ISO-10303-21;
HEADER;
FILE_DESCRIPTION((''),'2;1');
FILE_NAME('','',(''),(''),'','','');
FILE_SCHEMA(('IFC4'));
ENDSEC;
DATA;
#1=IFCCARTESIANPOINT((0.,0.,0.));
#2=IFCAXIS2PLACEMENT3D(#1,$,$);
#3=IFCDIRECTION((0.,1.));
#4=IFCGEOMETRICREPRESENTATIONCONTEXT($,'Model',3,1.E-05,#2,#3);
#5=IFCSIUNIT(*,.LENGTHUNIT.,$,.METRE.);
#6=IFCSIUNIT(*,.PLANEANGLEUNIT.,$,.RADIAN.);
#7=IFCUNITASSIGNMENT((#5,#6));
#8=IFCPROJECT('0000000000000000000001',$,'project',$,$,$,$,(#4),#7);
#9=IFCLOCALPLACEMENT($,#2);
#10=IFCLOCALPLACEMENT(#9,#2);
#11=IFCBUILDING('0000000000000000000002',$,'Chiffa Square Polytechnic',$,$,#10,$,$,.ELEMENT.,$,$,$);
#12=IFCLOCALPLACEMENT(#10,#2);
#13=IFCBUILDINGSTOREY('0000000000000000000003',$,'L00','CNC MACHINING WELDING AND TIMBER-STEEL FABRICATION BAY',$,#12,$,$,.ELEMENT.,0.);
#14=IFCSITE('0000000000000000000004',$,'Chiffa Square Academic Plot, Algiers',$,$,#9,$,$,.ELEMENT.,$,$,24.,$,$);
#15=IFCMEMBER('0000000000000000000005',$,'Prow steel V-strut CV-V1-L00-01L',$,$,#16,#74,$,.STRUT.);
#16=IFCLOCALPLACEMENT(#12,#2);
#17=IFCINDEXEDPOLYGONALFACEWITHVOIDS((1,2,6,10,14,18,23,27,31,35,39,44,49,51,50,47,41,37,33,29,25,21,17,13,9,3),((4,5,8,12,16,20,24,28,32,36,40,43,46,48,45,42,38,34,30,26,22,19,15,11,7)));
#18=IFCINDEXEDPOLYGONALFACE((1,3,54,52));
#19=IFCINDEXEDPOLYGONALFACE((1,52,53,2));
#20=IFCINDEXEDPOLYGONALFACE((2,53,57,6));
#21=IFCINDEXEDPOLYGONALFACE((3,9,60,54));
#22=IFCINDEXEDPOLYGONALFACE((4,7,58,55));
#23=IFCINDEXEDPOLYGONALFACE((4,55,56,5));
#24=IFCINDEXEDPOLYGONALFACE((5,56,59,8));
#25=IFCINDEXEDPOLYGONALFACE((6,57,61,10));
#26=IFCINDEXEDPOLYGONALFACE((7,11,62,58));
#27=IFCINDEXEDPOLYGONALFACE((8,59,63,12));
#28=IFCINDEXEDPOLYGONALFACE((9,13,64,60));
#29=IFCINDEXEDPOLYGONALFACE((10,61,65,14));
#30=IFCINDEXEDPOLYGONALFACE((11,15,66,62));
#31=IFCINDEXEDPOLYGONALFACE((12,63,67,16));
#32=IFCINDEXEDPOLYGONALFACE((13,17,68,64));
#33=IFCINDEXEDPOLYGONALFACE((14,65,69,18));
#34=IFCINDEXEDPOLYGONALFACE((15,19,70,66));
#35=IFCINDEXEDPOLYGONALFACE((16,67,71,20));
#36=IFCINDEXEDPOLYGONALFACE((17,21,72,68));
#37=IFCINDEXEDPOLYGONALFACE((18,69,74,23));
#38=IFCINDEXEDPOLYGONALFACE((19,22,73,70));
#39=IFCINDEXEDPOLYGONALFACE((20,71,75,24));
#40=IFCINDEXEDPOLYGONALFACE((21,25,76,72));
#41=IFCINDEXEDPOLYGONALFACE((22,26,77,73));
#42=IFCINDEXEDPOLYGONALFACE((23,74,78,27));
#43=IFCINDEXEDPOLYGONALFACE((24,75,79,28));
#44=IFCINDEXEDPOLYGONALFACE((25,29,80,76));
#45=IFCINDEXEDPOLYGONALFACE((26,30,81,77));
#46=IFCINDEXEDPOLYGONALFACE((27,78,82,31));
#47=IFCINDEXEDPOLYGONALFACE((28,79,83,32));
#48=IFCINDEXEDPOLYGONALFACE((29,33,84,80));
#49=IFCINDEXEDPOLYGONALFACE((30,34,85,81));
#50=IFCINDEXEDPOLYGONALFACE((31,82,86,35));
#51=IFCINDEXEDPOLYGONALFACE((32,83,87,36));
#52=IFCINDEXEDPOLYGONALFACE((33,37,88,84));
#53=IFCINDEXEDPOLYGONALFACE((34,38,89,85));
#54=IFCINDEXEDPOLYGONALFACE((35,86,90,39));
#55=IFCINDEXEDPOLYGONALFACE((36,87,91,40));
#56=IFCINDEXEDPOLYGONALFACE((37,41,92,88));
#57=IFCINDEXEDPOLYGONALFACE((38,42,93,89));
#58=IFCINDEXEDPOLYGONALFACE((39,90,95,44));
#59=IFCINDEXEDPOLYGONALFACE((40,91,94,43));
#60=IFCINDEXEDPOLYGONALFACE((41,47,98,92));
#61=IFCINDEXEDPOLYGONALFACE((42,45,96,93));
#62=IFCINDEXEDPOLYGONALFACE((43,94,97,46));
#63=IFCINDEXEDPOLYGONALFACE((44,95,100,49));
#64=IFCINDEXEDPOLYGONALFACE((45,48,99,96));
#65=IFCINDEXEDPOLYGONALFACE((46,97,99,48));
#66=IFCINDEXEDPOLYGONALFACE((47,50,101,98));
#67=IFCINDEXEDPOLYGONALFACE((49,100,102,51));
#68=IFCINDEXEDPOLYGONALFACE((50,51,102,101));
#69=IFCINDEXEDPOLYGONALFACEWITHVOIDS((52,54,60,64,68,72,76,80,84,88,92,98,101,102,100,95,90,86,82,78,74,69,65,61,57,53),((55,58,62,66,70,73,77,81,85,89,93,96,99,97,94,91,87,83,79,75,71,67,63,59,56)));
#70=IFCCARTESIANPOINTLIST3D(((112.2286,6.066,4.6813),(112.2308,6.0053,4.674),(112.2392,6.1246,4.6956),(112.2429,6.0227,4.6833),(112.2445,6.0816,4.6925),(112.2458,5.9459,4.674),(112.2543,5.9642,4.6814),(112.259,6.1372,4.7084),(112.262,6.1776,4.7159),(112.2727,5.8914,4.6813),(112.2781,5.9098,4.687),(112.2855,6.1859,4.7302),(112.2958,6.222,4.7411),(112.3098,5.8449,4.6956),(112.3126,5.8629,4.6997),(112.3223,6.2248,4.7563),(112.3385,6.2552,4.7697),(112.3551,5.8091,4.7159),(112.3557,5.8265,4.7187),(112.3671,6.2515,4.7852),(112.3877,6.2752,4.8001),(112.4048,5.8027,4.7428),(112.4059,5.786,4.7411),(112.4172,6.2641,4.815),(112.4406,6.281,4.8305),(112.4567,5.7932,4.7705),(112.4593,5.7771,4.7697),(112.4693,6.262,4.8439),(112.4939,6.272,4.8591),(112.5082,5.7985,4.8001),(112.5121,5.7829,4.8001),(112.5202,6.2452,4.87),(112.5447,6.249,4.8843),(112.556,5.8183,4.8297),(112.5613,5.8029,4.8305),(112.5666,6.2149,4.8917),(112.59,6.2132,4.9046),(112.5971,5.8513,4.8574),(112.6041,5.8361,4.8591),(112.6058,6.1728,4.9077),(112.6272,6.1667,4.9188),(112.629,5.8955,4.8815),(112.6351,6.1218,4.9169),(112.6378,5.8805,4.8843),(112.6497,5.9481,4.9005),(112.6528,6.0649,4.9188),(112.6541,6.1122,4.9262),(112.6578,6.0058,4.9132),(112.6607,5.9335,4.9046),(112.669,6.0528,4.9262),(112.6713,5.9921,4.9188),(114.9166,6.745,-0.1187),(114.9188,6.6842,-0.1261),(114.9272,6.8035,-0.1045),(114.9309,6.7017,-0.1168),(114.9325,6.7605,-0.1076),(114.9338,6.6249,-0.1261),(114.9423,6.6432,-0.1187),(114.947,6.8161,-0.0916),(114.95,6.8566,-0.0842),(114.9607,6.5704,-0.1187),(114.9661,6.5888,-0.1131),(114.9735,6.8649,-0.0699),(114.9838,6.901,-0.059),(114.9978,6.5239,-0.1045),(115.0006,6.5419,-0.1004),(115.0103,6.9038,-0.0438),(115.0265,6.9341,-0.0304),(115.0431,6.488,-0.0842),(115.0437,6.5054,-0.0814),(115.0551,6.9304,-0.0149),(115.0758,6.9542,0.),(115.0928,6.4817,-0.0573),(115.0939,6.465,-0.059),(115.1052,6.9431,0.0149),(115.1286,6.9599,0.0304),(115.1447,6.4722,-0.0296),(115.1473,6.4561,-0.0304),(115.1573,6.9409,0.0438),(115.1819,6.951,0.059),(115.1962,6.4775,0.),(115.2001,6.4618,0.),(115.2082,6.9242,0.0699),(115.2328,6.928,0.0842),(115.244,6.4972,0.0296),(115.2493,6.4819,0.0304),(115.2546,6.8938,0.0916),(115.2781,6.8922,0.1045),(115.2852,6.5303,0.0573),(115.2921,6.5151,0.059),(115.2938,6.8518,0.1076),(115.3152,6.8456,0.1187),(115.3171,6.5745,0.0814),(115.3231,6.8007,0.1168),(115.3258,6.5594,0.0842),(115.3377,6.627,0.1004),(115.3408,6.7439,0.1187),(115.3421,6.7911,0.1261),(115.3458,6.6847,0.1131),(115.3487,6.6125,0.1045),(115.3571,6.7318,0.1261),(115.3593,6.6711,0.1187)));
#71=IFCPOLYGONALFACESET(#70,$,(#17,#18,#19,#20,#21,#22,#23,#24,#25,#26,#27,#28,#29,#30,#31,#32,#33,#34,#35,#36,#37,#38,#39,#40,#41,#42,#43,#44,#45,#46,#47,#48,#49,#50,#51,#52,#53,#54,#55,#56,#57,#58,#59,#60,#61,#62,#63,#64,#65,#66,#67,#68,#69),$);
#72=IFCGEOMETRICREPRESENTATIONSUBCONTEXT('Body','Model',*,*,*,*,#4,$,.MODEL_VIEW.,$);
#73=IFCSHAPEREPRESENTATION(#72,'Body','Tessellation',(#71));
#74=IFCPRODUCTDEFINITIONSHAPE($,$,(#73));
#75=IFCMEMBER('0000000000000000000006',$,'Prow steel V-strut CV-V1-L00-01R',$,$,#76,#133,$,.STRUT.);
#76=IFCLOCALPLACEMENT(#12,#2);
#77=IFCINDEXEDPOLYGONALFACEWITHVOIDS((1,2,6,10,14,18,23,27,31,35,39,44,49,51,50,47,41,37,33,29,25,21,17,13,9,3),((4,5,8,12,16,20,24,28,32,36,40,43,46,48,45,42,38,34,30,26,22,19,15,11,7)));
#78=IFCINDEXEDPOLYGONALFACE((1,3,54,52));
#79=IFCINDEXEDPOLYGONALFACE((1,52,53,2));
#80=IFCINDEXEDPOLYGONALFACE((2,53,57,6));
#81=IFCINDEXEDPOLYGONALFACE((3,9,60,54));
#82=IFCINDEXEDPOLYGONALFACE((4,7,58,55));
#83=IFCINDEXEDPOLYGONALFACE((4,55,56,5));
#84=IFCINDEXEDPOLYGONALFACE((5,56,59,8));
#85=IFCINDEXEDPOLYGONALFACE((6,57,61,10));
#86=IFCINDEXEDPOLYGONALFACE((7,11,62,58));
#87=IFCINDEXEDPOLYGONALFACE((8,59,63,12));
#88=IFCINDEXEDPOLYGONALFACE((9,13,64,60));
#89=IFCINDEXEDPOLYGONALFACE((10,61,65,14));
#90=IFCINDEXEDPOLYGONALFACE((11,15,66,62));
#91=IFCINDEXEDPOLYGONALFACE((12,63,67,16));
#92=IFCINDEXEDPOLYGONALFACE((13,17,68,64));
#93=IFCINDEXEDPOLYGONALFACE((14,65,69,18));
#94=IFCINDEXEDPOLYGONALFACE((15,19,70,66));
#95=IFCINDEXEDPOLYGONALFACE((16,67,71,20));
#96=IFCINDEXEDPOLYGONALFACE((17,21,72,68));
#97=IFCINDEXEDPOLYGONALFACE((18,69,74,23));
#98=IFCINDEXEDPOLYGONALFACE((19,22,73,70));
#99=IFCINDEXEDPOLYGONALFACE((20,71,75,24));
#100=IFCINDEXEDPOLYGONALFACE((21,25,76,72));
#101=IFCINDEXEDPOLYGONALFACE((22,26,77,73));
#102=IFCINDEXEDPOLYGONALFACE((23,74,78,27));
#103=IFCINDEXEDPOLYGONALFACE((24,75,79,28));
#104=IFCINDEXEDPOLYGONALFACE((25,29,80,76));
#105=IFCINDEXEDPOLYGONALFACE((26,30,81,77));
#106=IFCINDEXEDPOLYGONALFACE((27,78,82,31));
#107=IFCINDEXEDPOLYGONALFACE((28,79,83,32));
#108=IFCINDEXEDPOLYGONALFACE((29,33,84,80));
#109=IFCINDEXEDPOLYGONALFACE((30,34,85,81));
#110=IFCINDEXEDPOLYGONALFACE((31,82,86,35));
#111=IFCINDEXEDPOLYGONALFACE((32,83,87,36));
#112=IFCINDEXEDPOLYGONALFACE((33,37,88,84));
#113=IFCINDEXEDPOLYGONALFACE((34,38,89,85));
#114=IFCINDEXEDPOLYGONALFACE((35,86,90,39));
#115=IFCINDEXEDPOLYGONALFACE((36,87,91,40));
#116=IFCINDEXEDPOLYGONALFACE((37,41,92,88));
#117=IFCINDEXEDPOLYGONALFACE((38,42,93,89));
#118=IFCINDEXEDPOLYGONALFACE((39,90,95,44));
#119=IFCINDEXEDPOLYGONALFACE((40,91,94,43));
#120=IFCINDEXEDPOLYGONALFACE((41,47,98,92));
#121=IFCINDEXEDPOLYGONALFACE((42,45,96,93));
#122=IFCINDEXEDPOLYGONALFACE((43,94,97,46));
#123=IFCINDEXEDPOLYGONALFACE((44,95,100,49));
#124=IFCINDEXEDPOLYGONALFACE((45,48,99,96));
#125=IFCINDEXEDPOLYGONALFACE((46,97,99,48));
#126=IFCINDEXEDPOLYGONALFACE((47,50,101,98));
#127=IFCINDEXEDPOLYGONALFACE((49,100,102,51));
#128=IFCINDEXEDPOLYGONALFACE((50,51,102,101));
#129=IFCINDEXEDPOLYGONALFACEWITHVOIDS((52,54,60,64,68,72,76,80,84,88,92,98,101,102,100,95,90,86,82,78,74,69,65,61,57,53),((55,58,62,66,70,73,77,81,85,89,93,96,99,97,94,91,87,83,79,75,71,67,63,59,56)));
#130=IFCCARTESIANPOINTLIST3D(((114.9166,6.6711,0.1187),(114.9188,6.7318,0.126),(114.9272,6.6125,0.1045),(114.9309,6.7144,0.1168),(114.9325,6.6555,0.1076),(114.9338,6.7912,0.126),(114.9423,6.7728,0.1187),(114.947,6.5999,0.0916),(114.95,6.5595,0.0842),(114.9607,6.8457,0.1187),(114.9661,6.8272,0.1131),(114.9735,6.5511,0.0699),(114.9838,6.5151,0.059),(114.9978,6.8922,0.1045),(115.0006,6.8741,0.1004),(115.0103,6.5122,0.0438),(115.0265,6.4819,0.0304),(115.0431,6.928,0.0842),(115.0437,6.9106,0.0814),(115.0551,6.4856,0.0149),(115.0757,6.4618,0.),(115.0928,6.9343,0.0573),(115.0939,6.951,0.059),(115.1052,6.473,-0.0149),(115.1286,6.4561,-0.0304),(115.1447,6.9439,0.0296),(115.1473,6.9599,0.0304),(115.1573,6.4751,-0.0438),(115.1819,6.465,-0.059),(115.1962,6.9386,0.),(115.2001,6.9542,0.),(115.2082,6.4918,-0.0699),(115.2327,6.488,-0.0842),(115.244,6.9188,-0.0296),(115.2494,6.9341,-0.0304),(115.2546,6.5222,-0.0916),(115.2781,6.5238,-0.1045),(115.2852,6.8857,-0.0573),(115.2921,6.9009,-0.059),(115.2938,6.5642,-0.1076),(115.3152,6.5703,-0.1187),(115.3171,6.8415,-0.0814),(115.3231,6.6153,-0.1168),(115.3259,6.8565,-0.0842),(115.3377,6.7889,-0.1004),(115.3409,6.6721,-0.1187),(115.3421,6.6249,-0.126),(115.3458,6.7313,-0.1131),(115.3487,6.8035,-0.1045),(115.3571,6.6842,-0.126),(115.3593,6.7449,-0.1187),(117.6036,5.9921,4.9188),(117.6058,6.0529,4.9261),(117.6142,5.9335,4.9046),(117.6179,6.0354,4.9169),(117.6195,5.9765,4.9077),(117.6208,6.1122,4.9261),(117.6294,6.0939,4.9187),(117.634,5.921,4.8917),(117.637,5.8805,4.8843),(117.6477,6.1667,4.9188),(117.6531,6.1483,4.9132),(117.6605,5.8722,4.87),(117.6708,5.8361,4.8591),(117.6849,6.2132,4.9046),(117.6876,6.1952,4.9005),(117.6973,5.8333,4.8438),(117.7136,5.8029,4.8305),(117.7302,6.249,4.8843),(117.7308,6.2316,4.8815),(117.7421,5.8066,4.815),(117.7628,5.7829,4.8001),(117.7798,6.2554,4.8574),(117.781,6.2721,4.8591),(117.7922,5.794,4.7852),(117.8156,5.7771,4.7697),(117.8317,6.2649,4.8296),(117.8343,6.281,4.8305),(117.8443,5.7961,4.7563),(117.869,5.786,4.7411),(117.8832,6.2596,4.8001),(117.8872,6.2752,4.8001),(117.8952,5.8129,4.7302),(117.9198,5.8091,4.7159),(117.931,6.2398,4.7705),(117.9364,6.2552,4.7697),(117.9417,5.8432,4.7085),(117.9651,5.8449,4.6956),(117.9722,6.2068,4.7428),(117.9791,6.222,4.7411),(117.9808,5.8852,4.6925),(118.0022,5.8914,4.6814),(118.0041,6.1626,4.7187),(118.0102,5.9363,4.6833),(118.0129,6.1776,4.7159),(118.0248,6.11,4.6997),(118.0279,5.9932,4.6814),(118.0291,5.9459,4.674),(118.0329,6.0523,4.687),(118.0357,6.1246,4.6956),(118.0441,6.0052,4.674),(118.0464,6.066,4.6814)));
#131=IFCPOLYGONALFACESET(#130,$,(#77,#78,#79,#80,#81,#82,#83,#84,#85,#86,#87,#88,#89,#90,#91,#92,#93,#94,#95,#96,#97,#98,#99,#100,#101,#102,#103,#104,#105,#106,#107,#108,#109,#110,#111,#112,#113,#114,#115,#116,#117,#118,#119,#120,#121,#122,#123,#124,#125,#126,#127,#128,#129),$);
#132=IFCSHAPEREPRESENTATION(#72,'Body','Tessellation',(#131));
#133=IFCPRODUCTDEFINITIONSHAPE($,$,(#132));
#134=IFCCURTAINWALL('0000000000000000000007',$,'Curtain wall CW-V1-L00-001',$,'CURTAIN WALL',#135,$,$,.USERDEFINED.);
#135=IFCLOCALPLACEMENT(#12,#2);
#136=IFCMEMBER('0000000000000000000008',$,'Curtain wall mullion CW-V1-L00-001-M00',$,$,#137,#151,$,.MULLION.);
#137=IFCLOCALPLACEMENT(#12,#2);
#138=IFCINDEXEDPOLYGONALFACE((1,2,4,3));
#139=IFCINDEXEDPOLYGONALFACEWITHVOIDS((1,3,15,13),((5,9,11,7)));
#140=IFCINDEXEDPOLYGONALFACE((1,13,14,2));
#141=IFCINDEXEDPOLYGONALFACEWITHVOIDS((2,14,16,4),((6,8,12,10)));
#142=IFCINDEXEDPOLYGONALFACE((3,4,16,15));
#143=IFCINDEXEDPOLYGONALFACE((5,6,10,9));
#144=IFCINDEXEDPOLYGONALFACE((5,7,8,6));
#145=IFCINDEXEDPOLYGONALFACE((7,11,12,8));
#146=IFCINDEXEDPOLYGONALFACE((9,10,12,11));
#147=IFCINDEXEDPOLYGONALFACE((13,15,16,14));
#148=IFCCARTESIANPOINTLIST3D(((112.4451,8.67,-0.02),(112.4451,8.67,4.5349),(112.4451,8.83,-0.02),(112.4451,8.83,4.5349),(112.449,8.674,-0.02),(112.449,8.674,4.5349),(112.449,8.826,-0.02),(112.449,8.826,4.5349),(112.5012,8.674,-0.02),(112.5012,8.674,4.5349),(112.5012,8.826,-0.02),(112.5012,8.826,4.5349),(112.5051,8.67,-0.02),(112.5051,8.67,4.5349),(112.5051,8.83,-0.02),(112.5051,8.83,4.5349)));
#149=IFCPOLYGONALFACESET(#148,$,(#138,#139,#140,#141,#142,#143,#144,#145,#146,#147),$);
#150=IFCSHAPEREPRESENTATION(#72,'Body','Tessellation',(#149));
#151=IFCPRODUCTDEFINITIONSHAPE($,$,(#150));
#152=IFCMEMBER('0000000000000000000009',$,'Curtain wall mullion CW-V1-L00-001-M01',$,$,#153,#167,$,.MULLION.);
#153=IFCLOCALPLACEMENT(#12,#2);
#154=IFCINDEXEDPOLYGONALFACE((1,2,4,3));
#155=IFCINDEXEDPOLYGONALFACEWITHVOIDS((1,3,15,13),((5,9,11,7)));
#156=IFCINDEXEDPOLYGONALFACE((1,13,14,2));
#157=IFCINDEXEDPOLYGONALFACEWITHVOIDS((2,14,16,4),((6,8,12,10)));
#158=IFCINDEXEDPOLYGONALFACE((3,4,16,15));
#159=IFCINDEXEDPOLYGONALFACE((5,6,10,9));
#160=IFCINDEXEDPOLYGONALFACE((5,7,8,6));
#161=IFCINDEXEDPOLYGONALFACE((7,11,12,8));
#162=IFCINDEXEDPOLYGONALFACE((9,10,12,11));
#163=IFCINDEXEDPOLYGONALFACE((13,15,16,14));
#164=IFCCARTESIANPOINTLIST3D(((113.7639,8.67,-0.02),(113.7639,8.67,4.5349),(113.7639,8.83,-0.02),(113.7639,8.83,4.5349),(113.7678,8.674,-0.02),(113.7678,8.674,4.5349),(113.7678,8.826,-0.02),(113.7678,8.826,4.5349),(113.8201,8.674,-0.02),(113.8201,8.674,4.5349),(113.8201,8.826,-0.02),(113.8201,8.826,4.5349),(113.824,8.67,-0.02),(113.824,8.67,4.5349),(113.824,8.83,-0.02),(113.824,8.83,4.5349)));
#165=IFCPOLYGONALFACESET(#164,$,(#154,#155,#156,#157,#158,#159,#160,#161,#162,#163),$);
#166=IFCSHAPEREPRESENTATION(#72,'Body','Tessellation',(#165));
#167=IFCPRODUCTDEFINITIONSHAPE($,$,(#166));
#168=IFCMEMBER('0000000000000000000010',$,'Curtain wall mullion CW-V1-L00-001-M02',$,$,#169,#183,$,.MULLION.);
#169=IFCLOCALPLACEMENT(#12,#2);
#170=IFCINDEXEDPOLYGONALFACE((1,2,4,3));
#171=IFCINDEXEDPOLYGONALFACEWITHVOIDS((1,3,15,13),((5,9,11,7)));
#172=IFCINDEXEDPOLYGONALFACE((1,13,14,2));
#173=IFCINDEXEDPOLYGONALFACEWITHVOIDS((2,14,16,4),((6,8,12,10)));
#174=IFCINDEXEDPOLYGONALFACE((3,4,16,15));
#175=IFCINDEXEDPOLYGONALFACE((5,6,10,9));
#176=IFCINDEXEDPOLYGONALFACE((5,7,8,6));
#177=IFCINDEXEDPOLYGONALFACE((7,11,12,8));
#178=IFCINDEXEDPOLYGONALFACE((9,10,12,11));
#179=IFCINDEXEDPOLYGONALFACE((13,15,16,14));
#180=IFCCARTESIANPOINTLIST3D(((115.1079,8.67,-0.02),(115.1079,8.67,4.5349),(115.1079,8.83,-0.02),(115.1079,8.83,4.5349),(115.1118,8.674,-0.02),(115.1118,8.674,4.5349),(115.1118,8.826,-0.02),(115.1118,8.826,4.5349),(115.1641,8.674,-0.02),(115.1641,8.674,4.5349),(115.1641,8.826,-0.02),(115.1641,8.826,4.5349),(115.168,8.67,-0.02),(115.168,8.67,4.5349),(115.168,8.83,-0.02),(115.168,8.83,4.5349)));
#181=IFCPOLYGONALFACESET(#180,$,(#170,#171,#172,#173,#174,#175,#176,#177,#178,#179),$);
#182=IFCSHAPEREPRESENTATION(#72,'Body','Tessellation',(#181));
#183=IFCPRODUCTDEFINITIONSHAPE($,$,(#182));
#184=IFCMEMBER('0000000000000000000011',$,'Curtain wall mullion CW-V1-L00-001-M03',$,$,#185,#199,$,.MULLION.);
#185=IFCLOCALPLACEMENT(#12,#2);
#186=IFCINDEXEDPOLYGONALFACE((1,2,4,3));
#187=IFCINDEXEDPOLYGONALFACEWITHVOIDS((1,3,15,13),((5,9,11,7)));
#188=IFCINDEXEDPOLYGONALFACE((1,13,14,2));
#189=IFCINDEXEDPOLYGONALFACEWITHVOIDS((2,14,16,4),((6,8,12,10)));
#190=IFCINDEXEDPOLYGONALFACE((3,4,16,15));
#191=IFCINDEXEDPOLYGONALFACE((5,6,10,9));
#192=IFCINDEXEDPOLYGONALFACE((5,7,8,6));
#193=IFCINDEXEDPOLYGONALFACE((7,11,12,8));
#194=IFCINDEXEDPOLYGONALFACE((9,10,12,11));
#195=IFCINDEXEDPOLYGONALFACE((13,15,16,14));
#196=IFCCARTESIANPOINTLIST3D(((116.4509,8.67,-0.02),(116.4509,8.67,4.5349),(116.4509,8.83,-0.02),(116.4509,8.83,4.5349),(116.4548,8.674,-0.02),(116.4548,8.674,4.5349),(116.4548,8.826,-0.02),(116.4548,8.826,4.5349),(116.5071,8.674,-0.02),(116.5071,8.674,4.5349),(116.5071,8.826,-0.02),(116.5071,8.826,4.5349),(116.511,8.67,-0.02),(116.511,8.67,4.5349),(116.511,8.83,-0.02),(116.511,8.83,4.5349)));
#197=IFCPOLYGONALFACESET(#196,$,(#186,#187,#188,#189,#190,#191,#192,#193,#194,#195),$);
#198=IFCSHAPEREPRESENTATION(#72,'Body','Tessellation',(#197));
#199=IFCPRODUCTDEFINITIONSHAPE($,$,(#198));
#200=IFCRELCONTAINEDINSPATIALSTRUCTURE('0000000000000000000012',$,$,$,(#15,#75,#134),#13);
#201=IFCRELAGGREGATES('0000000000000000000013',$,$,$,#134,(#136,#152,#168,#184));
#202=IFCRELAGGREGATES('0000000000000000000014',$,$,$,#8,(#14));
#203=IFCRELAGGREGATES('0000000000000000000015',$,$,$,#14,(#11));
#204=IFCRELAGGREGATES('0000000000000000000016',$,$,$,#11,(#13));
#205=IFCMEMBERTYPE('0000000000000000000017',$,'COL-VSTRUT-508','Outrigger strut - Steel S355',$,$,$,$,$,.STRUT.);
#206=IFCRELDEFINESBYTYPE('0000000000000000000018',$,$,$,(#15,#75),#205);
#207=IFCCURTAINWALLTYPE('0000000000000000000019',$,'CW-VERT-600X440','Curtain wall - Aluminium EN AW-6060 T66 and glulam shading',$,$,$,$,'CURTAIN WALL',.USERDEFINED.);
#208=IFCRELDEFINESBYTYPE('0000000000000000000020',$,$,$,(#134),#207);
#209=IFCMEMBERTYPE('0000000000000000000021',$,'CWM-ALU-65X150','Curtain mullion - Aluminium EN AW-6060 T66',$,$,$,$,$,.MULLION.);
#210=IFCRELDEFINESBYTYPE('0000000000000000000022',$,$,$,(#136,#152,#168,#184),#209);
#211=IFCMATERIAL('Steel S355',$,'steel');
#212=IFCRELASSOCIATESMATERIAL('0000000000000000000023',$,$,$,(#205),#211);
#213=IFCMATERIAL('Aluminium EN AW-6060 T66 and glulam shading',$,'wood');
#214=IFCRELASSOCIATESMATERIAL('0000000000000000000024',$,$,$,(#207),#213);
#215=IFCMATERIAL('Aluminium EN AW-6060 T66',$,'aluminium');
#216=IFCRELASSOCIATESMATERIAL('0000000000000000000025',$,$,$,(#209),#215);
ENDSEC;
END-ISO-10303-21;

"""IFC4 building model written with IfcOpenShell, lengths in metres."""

from ifc_helpers import new_model, si_unit, direction, frame, origin, origin_2d, place, context, subcontext, project, spatial, hollow_rectangle, hollow_circle, extrude, material, material_profile, profile_set, type_object, element, aggregate, save


model = new_model("IFC4")

# Units and contexts
model_context = context("Model", 3, precision=1e-05, world=origin(), true_north=direction((0.0, 1.0)))
body_context = subcontext(model_context, "Body", "Model", "MODEL_VIEW")
ifc_project = project(units=[si_unit("LENGTHUNIT", "METRE"), si_unit("PLANEANGLEUNIT", "RADIAN")], contexts=[model_context])

# Site, building, storey
site_placement = place(None, origin())
site = spatial("IfcSite", under=ifc_project, at=site_placement, Name="Chiffa Square Academic Plot, Algiers", CompositionType="ELEMENT", RefElevation=24.0)
building_placement = place(site_placement, origin())
building = spatial("IfcBuilding", under=site, at=building_placement, Name="Chiffa Square Polytechnic", CompositionType="ELEMENT")
storey_placement = place(building_placement, origin())
storey = spatial("IfcBuildingStorey", under=building, at=storey_placement, Name="L00", Description="CNC MACHINING WELDING AND TIMBER-STEEL FABRICATION BAY", CompositionType="ELEMENT", Elevation=0.0)

# Members
ifc_material_1 = material(Name="Steel S355", Category="steel")
ifc_material_profile_1 = material_profile(ifc_material_1, hollow_circle(Radius=0.2539, WallThickness=0.0161, at=origin_2d()), Name="CHS 508x16")
ifc_profile_set_1 = profile_set([ifc_material_profile_1], Name="Steel S355")
member_type_1 = type_object("IfcMemberType", Name="COL-VSTRUT-508", Description="Outrigger strut - Steel S355", PredefinedType="STRUT", material=ifc_profile_set_1)
member_1_placement = place(storey_placement, frame((115.1379, 6.708, 0.0), z_axis=(-0.484919, -0.122485, 0.865939), x_axis=(0.244897, -0.969549, 0.0)))
element("IfcMember", 1, at=member_1_placement, inside=storey, type_object=member_type_1, Name="Prow steel V-strut CV-V1-L00-01L", PredefinedType="STRUT", context=body_context, shape_type="SweptSolid", body=[
    extrude(hollow_circle(Radius=0.2539, WallThickness=0.0161, at=origin_2d()), origin(), (0.0, 0.0, 1.0), 5.5432),
])
member_2_placement = place(storey_placement, frame((115.1379, 6.708, 0.0), z_axis=(0.484784, -0.122495, 0.866013), x_axis=(0.244981, 0.969528, 0.0)))
element("IfcMember", 2, at=member_2_placement, inside=storey, type_object=member_type_1, Name="Prow steel V-strut CV-V1-L00-01R", PredefinedType="STRUT", context=body_context, shape_type="SweptSolid", body=[
    extrude(hollow_circle(Radius=0.2539, WallThickness=0.0161, at=origin_2d()), origin(), (0.0, 0.0, 1.0), 5.5427),
])

# Curtain wall, members
ifc_material_2 = material(Name="Aluminium EN AW-6060 T66 and glulam shading", Category="wood")
curtain_wall_type = type_object("IfcCurtainWallType", Name="CW-VERT-600X440", Description="Curtain wall - Aluminium EN AW-6060 T66 and glulam shading", ElementType="CURTAIN WALL", PredefinedType="USERDEFINED", material=ifc_material_2)
curtain_wall_placement = place(storey_placement, origin())
curtain_wall = element("IfcCurtainWall", 3, at=curtain_wall_placement, inside=storey, type_object=curtain_wall_type, Name="Curtain wall CW-V1-L00-001", ObjectType="CURTAIN WALL", PredefinedType="USERDEFINED")
ifc_material_3 = material(Name="Aluminium EN AW-6060 T66", Category="aluminium")
ifc_material_profile_2 = material_profile(ifc_material_3, hollow_rectangle(XDim=0.0601, YDim=0.1599, WallThickness=0.0039, at=origin_2d()), Name="ALU 60x160x4")
ifc_profile_set_2 = profile_set([ifc_material_profile_2], Name="Aluminium EN AW-6060 T66")
member_type_2 = type_object("IfcMemberType", Name="CWM-ALU-65X150", Description="Curtain mullion - Aluminium EN AW-6060 T66", PredefinedType="MULLION", material=ifc_profile_set_2)
member_3_placement = place(storey_placement, frame((112.4751, 8.75, -0.02), z_axis=(0.0, 0.0, 1.0), x_axis=(1.0, 0.0, 0.0)))
member_3 = element("IfcMember", 4, at=member_3_placement, type_object=member_type_2, Name="Curtain wall mullion CW-V1-L00-001-M00", PredefinedType="MULLION", context=body_context, shape_type="SweptSolid", body=[
    extrude(hollow_rectangle(XDim=0.0601, YDim=0.1599, WallThickness=0.0039, at=origin_2d()), origin(), (0.0, 0.0, 1.0), 4.5549),
])
member_4_placement = place(storey_placement, frame((113.7939, 8.75, -0.02), z_axis=(0.0, 0.0, 1.0), x_axis=(1.0, 0.0, 0.0)))
member_4 = element("IfcMember", 5, at=member_4_placement, type_object=member_type_2, Name="Curtain wall mullion CW-V1-L00-001-M01", PredefinedType="MULLION", context=body_context, shape_type="SweptSolid", body=[
    extrude(hollow_rectangle(XDim=0.0601, YDim=0.1599, WallThickness=0.0039, at=origin_2d()), origin(), (0.0, 0.0, 1.0), 4.5549),
])
member_5_placement = place(storey_placement, frame((115.1379, 8.75, -0.02), z_axis=(0.0, 0.0, 1.0), x_axis=(1.0, 0.0, 0.0)))
member_5 = element("IfcMember", 6, at=member_5_placement, type_object=member_type_2, Name="Curtain wall mullion CW-V1-L00-001-M02", PredefinedType="MULLION", context=body_context, shape_type="SweptSolid", body=[
    extrude(hollow_rectangle(XDim=0.0601, YDim=0.1599, WallThickness=0.0039, at=origin_2d()), origin(), (0.0, 0.0, 1.0), 4.5549),
])
member_6_placement = place(storey_placement, frame((116.481, 8.75, -0.02), z_axis=(0.0, 0.0, 1.0), x_axis=(1.0, 0.0, 0.0)))
member_6 = element("IfcMember", 7, at=member_6_placement, type_object=member_type_2, Name="Curtain wall mullion CW-V1-L00-001-M03", PredefinedType="MULLION", context=body_context, shape_type="SweptSolid", body=[
    extrude(hollow_rectangle(XDim=0.0601, YDim=0.1599, WallThickness=0.0039, at=origin_2d()), origin(), (0.0, 0.0, 1.0), 4.5549),
])
aggregate(curtain_wall, [member_3, member_4, member_5, member_6])

save(model, "model.ifc")
